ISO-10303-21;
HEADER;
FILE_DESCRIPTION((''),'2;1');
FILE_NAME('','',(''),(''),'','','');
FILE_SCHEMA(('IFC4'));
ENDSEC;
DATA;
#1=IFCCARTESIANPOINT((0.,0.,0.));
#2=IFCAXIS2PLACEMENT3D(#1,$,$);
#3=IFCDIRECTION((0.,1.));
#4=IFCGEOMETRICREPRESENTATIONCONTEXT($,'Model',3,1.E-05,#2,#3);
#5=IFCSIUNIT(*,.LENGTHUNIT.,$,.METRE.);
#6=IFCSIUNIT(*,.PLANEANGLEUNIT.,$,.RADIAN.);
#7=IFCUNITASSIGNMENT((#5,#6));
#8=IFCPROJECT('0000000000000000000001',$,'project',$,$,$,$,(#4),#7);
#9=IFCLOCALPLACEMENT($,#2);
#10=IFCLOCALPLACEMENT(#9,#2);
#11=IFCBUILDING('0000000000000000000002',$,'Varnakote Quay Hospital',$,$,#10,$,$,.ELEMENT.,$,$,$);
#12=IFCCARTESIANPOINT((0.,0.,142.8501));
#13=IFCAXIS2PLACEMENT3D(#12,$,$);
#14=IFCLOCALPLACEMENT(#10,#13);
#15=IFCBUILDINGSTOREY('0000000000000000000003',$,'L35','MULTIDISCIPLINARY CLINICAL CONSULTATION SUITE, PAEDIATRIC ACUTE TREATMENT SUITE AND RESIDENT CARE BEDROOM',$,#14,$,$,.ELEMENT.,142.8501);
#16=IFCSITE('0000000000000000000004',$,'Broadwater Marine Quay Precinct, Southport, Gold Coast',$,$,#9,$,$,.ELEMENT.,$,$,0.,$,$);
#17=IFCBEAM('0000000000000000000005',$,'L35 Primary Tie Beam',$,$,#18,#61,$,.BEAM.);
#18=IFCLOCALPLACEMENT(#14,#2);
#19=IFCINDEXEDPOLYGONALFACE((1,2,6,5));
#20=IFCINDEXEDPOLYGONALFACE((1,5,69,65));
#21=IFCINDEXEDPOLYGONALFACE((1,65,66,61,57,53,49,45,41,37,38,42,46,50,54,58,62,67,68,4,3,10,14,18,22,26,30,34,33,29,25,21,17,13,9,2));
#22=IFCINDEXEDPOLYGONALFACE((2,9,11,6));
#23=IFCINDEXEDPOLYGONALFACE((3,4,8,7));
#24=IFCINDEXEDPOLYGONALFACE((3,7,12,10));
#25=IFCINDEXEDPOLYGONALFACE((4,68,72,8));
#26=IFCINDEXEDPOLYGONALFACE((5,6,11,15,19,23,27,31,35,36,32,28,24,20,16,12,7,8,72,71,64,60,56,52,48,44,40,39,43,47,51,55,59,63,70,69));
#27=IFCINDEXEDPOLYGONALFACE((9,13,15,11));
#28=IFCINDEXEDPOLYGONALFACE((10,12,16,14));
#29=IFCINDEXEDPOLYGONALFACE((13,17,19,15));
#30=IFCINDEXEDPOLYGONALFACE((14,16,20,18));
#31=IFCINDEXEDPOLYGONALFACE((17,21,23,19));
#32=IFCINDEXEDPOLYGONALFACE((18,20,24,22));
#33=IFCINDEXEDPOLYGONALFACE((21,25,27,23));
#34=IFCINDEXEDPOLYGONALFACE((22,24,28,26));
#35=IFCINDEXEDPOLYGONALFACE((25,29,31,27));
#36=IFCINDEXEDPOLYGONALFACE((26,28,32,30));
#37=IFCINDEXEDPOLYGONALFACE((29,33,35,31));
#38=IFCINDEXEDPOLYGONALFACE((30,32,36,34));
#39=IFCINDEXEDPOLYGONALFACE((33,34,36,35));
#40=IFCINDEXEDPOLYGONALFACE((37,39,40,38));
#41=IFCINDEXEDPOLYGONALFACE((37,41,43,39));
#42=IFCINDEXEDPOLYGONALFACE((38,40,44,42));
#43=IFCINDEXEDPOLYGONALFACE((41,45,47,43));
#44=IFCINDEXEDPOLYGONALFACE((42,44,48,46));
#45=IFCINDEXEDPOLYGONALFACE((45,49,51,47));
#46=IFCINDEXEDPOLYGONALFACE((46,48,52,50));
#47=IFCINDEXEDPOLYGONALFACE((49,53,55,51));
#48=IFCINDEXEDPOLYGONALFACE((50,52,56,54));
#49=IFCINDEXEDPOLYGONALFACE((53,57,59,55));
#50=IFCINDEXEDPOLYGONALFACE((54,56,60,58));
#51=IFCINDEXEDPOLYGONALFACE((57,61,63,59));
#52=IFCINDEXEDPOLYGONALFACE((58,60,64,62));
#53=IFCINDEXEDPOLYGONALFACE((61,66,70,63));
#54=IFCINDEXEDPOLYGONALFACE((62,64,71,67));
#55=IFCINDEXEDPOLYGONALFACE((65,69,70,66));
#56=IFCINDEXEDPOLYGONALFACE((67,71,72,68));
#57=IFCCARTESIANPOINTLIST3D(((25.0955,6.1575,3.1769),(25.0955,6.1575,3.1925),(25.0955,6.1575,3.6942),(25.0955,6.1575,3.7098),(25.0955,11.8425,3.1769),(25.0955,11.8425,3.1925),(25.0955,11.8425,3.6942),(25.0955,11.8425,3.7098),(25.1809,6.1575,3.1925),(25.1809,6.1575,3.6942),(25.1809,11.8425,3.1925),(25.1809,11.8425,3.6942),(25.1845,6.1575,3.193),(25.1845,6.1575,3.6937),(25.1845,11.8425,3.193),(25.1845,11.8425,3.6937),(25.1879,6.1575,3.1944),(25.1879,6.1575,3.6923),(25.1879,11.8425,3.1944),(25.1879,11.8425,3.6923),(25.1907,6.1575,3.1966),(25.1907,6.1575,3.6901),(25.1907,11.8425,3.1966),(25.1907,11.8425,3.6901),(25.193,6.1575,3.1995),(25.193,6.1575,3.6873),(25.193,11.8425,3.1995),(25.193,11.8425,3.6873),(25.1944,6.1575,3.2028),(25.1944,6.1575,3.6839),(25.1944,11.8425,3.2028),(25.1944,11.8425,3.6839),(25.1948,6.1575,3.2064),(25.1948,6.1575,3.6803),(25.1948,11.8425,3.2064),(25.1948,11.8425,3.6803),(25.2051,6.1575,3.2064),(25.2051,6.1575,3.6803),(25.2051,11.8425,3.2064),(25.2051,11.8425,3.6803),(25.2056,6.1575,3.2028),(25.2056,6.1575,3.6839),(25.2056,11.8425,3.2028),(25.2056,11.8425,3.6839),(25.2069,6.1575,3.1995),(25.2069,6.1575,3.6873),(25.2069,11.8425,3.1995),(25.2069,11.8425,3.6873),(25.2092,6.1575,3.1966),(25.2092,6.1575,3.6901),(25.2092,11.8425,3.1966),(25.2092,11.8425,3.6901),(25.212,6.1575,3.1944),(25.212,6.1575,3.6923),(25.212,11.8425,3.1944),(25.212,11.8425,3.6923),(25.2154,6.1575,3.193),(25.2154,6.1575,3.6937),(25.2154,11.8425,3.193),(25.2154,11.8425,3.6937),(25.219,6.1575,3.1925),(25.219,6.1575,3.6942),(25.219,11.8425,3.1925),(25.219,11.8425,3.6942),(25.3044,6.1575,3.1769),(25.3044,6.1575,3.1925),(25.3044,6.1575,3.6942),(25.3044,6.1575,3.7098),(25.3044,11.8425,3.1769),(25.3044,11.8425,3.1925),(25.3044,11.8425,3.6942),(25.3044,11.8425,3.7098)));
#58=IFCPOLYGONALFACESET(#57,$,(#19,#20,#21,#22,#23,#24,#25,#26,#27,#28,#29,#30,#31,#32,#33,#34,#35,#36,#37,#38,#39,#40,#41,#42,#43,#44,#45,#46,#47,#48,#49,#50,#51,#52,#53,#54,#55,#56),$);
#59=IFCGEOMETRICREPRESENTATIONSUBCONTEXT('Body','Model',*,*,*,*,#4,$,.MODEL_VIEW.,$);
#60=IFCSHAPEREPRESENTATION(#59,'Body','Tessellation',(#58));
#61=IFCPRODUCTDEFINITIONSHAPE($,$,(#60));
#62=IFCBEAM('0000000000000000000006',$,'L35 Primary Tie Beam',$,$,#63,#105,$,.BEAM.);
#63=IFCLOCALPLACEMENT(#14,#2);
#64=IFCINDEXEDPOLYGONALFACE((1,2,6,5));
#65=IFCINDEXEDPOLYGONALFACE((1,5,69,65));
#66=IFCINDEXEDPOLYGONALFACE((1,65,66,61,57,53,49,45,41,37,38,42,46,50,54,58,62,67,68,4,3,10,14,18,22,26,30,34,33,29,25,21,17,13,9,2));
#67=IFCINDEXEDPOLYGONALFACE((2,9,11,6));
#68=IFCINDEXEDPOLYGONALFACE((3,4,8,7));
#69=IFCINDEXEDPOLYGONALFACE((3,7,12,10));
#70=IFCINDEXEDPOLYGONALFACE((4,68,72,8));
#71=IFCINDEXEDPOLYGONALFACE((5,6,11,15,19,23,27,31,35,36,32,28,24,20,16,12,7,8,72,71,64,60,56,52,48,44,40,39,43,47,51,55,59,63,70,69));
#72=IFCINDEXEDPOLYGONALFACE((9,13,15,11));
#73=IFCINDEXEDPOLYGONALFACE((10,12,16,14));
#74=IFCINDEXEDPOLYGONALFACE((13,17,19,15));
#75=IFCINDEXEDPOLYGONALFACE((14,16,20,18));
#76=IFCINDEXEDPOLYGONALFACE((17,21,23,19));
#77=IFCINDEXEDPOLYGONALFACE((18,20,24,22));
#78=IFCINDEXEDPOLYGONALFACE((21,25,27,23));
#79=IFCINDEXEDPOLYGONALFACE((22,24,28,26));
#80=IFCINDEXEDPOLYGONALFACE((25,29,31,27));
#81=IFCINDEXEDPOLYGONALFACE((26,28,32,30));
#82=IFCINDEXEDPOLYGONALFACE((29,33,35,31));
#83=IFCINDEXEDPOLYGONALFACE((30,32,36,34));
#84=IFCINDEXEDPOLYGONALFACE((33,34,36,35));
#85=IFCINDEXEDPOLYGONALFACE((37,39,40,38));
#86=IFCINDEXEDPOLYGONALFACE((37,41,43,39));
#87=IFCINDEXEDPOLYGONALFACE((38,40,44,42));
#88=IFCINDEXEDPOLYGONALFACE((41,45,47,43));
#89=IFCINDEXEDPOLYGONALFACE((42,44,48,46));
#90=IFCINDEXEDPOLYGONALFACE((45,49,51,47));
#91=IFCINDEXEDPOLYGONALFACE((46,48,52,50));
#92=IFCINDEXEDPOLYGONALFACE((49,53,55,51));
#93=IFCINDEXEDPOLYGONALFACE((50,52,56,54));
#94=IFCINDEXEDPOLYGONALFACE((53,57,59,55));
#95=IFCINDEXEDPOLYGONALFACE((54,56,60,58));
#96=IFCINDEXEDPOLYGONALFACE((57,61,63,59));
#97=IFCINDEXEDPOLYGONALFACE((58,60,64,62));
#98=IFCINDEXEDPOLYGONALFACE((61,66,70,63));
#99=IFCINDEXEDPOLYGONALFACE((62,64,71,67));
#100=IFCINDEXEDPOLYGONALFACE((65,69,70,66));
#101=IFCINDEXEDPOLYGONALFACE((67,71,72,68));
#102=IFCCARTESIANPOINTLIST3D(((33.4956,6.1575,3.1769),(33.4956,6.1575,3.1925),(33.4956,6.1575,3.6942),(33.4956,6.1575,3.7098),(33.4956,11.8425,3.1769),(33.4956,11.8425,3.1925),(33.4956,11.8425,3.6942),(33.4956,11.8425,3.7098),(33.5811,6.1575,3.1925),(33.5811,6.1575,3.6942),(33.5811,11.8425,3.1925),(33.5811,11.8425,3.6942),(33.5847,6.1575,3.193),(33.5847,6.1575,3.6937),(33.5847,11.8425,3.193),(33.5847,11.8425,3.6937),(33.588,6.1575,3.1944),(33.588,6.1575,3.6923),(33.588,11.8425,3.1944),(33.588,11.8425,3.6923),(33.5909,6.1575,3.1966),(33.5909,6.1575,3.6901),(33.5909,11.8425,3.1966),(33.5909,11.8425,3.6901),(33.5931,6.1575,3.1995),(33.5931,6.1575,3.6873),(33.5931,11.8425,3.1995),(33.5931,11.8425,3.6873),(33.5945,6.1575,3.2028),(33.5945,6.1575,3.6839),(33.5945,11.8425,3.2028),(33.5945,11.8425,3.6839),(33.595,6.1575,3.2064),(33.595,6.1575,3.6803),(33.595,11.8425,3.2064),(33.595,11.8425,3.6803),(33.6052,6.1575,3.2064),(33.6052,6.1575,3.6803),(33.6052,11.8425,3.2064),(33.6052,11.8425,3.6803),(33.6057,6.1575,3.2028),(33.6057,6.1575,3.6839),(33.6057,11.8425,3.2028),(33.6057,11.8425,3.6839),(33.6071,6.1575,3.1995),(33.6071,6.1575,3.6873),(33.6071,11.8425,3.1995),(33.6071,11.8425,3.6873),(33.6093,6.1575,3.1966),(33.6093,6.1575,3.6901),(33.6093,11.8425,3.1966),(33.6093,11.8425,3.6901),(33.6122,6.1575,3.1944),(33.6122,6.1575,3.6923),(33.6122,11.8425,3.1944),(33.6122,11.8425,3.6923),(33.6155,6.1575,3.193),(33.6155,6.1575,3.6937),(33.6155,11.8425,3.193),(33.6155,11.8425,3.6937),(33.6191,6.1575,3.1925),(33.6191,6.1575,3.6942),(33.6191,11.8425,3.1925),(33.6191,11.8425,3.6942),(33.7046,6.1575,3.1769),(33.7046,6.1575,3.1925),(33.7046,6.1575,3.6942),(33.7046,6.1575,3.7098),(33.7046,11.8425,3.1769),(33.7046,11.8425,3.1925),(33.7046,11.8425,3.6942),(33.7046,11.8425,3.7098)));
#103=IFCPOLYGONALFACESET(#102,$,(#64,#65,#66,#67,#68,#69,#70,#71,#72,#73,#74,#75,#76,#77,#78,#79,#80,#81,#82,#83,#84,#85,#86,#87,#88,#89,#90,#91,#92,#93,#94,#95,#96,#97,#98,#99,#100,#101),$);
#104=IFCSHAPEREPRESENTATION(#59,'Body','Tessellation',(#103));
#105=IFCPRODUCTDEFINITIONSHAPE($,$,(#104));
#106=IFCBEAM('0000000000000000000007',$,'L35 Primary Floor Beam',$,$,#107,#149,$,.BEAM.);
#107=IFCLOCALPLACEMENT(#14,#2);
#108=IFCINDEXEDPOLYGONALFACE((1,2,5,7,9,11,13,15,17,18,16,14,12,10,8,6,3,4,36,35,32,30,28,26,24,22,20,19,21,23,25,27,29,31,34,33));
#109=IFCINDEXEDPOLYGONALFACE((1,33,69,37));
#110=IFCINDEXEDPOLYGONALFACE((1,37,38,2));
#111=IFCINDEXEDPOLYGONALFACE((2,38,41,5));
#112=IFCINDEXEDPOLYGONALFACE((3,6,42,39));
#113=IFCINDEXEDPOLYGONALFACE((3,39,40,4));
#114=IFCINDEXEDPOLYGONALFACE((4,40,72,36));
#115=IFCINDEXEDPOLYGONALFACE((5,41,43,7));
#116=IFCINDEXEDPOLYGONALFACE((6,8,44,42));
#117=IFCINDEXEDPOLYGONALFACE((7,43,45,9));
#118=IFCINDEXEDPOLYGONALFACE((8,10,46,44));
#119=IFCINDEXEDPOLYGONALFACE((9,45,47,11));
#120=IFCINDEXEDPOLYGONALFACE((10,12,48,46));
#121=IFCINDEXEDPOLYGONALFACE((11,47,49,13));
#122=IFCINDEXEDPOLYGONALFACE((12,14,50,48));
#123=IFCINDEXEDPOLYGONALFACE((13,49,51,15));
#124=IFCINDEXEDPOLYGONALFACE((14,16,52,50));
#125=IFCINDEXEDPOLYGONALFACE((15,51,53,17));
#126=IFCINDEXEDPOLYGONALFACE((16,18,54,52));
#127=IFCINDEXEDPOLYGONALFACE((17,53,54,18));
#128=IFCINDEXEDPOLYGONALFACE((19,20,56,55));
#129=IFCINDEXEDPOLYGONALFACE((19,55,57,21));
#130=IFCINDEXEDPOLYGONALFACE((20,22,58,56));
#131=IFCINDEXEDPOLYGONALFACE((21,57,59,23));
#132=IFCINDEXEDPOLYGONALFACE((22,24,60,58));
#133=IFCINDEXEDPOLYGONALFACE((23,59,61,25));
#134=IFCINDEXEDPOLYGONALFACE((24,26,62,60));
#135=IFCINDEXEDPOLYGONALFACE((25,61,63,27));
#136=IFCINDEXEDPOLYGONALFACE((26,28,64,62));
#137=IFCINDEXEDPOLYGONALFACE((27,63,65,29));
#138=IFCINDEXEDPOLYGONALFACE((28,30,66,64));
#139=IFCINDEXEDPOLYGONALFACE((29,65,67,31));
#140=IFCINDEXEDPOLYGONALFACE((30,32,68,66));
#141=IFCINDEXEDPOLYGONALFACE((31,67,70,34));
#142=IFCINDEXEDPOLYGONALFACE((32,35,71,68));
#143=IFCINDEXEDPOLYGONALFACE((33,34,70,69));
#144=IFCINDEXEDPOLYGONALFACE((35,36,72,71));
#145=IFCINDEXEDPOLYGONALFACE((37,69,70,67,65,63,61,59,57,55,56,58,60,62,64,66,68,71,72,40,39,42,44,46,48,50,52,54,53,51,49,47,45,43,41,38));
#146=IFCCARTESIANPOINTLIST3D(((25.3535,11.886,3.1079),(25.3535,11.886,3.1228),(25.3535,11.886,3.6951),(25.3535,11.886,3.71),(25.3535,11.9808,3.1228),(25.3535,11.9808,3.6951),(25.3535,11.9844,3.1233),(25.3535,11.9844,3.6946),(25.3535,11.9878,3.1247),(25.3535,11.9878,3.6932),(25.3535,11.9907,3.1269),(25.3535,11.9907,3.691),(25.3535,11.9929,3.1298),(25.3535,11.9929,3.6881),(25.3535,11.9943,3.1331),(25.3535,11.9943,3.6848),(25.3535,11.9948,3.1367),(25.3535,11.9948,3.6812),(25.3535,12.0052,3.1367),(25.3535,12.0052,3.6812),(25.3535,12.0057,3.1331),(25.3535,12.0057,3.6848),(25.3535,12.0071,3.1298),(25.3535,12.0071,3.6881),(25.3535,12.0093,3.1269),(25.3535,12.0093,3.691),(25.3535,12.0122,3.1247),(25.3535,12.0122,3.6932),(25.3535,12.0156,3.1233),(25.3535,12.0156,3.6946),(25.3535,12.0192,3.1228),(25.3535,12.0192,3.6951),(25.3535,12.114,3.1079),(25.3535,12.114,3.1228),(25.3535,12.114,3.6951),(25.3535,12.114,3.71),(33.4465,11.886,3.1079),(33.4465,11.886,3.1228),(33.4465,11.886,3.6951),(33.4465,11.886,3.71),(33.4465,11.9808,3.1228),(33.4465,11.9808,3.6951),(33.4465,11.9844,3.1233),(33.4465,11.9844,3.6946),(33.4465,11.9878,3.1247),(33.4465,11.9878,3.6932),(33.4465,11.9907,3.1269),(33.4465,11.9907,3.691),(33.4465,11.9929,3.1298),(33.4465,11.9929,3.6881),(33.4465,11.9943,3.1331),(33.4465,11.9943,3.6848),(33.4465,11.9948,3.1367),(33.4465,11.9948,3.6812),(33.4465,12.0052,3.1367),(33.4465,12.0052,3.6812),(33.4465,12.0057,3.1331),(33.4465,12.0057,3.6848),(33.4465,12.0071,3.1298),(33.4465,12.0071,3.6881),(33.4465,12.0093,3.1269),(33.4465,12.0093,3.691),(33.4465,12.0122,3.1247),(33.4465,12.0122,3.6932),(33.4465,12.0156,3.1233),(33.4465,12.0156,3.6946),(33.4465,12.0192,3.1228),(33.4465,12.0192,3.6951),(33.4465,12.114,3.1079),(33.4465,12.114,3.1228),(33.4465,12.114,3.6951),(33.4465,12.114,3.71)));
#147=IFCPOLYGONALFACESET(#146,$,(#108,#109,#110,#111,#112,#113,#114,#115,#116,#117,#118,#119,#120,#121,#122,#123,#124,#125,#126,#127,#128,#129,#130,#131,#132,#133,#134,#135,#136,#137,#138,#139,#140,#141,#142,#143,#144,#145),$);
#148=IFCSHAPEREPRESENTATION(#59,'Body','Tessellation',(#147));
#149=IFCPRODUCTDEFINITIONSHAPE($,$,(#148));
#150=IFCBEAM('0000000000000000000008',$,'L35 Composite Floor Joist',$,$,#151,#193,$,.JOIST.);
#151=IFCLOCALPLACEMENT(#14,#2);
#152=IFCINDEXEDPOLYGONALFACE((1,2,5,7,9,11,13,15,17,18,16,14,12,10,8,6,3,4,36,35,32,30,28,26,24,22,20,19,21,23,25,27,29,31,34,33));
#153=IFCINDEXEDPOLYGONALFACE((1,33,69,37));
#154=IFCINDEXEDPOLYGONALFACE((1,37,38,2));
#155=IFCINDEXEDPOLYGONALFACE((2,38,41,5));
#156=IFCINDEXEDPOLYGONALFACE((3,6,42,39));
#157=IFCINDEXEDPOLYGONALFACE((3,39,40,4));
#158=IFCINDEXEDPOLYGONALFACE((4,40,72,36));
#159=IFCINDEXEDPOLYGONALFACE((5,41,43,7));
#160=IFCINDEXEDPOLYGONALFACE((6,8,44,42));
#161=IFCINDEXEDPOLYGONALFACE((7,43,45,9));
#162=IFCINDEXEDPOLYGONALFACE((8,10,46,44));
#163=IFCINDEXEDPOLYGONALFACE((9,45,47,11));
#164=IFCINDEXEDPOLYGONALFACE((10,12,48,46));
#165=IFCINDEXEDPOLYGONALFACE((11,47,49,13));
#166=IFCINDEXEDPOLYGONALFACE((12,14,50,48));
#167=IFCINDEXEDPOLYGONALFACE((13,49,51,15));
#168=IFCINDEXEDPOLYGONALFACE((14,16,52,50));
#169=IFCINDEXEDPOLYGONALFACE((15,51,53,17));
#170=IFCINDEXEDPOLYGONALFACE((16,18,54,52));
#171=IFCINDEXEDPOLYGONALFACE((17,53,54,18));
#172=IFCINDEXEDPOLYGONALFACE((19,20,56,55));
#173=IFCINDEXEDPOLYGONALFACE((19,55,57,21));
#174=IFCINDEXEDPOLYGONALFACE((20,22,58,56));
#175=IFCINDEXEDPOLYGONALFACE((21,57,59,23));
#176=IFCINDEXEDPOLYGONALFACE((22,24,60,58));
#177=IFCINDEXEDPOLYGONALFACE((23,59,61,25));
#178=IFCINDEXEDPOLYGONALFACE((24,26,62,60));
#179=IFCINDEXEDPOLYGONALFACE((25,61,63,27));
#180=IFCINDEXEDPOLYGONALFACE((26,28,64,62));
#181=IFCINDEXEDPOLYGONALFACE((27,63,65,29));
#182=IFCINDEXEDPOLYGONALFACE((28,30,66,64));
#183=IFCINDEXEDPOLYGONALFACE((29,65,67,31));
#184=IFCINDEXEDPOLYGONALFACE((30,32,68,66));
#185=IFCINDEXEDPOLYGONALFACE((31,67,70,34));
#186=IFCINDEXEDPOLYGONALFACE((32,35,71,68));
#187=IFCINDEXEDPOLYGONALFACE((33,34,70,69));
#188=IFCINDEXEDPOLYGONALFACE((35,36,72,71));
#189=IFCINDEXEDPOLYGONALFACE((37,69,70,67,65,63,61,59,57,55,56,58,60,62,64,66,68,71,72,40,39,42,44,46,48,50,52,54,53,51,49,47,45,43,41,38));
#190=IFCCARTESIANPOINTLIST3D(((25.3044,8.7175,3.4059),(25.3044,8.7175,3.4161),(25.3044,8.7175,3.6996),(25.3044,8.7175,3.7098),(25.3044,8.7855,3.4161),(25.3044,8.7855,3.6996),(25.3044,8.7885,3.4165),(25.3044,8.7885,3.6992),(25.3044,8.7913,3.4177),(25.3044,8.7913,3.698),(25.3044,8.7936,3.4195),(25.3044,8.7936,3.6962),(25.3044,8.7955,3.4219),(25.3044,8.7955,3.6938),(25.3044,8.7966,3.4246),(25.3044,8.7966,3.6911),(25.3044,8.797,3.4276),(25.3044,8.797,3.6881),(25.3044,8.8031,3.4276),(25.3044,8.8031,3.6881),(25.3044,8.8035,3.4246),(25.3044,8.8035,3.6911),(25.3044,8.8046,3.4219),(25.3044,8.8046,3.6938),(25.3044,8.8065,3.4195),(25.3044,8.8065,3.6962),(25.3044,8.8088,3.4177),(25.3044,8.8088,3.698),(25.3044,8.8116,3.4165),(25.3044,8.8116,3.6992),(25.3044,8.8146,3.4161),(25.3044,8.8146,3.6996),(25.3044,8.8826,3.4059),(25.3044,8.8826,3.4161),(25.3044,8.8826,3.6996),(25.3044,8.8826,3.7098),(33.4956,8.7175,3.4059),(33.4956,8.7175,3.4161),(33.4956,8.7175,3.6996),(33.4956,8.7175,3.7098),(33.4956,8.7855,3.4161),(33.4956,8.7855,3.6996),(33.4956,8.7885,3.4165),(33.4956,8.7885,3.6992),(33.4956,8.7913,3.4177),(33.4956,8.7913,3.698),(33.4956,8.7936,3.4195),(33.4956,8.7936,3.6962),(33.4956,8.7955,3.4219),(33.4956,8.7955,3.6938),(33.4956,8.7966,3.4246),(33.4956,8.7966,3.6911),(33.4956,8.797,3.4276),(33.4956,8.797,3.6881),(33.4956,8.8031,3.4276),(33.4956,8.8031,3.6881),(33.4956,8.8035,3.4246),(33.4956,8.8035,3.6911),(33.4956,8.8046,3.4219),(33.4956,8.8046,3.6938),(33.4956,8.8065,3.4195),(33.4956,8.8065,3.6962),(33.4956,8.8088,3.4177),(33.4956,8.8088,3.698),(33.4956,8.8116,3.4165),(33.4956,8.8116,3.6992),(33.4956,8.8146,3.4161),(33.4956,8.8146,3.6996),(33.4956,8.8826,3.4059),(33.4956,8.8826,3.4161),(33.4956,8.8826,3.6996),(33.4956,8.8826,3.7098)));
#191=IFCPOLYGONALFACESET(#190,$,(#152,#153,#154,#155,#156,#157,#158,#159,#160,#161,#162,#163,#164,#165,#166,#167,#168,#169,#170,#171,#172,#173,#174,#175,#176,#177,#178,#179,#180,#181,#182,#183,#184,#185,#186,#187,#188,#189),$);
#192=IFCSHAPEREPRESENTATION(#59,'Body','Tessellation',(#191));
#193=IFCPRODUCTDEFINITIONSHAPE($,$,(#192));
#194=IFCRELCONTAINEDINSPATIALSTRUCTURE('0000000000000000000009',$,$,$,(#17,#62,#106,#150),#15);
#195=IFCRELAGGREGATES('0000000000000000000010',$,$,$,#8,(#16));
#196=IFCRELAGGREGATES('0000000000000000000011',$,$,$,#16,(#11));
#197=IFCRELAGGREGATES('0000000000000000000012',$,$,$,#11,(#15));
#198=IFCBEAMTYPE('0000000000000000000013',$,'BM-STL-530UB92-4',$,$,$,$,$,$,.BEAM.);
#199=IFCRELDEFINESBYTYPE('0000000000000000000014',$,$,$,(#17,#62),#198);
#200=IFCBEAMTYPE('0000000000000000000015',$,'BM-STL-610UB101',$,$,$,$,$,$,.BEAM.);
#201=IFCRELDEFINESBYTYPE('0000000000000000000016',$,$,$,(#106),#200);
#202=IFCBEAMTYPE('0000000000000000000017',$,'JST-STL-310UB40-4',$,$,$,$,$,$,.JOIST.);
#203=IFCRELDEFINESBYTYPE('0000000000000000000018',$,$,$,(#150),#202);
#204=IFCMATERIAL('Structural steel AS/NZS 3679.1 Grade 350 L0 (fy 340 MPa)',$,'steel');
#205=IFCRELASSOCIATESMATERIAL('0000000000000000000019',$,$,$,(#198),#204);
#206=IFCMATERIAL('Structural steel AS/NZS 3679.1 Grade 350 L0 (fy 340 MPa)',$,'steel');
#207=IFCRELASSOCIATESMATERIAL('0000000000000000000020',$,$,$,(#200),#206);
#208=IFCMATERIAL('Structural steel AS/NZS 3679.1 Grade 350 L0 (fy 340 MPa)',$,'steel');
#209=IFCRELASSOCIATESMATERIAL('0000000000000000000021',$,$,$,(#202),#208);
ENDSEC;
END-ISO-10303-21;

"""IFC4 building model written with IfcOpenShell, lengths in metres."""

from ifc_helpers import new_model, si_unit, direction, frame, origin, origin_2d, place, context, subcontext, project, spatial, i_section, extrude, material, material_profile, profile_set, type_object, element, save


model = new_model("IFC4")

# Units and contexts
model_context = context("Model", 3, precision=1e-05, world=origin(), true_north=direction((0.0, 1.0)))
body_context = subcontext(model_context, "Body", "Model", "MODEL_VIEW")
ifc_project = project(units=[si_unit("LENGTHUNIT", "METRE"), si_unit("PLANEANGLEUNIT", "RADIAN")], contexts=[model_context])

# Site, building, storey
site_placement = place(None, origin())
site = spatial("IfcSite", under=ifc_project, at=site_placement, Name="Broadwater Marine Quay Precinct, Southport, Gold Coast", CompositionType="ELEMENT", RefElevation=0.0)
building_placement = place(site_placement, origin())
building = spatial("IfcBuilding", under=site, at=building_placement, Name="Varnakote Quay Hospital", CompositionType="ELEMENT")
storey_placement = place(building_placement, frame((0.0, 0.0, 142.8501)))
storey = spatial("IfcBuildingStorey", under=building, at=storey_placement, Name="L35", Description="MULTIDISCIPLINARY CLINICAL CONSULTATION SUITE, PAEDIATRIC ACUTE TREATMENT SUITE AND RESIDENT CARE BEDROOM", CompositionType="ELEMENT", Elevation=142.8501)

# Beams
ifc_material_1 = material(Name="Structural steel AS/NZS 3679.1 Grade 350 L0 (fy 340 MPa)", Category="steel")
ifc_material_profile_1 = material_profile(ifc_material_1, i_section(OverallWidth=0.209, OverallDepth=0.533, WebThickness=0.0103, FlangeThickness=0.0156, FilletRadius=0.0139, at=origin_2d()), Name="530UB92.4")
ifc_profile_set_1 = profile_set([ifc_material_profile_1], Name="Structural steel AS/NZS 3679.1 Grade 350 L0 (fy 340 MPa)")
beam_type_1 = type_object("IfcBeamType", Name="BM-STL-530UB92-4", PredefinedType="BEAM", material=ifc_profile_set_1)
for number, where, z_axis, x_axis, name in (
    (1, (25.2, 6.1575, 3.4434), (0.0, 1.0, 0.0), (-1.0, 0.0, 0.0), "L35 Primary Tie Beam"),
    (2, (33.6001, 6.1575, 3.4434), (0.0, 1.0, 0.0), (-1.0, 0.0, 0.0), "L35 Primary Tie Beam"),
):
    element("IfcBeam", number, at=place(storey_placement, frame(where, z_axis=z_axis, x_axis=x_axis)), inside=storey, type_object=beam_type_1, Name=name, PredefinedType="BEAM", context=body_context, shape_type="SweptSolid", body=[
        extrude(i_section(OverallWidth=0.209, OverallDepth=0.533, WebThickness=0.0103, FlangeThickness=0.0156, FilletRadius=0.0139, at=origin_2d()), origin(), (0.0, 0.0, 1.0), 5.6851),
    ])
ifc_material_2 = material(Name="Structural steel AS/NZS 3679.1 Grade 350 L0 (fy 340 MPa)", Category="steel")
ifc_material_profile_2 = material_profile(ifc_material_2, i_section(OverallWidth=0.228, OverallDepth=0.6021, WebThickness=0.0105, FlangeThickness=0.0149, FilletRadius=0.0139, at=origin_2d()), Name="610UB101")
ifc_profile_set_2 = profile_set([ifc_material_profile_2], Name="Structural steel AS/NZS 3679.1 Grade 350 L0 (fy 340 MPa)")
beam_type_2 = type_object("IfcBeamType", Name="BM-STL-610UB101", PredefinedType="BEAM", material=ifc_profile_set_2)
beam_1_placement = place(storey_placement, frame((25.3535, 12.0, 3.4089), z_axis=(1.0, 0.0, 0.0), x_axis=(0.0, 1.0, 0.0)))
element("IfcBeam", 3, at=beam_1_placement, inside=storey, type_object=beam_type_2, Name="L35 Primary Floor Beam", PredefinedType="BEAM", context=body_context, shape_type="SweptSolid", body=[
    extrude(i_section(OverallWidth=0.228, OverallDepth=0.6021, WebThickness=0.0105, FlangeThickness=0.0149, FilletRadius=0.0139, at=origin_2d()), origin(), (0.0, 0.0, 1.0), 8.093),
])
ifc_material_3 = material(Name="Structural steel AS/NZS 3679.1 Grade 350 L0 (fy 340 MPa)", Category="steel")
ifc_material_profile_3 = material_profile(ifc_material_3, i_section(OverallWidth=0.165, OverallDepth=0.304, WebThickness=0.0061, FlangeThickness=0.0103, FilletRadius=0.0115, at=origin_2d()), Name="310UB40.4")
ifc_profile_set_3 = profile_set([ifc_material_profile_3], Name="Structural steel AS/NZS 3679.1 Grade 350 L0 (fy 340 MPa)")
beam_type_3 = type_object("IfcBeamType", Name="JST-STL-310UB40-4", PredefinedType="JOIST", material=ifc_profile_set_3)
beam_2_placement = place(storey_placement, frame((25.3044, 8.8, 3.5579), z_axis=(1.0, 0.0, 0.0), x_axis=(0.0, 1.0, 0.0)))
element("IfcBeam", 4, at=beam_2_placement, inside=storey, type_object=beam_type_3, Name="L35 Composite Floor Joist", PredefinedType="JOIST", context=body_context, shape_type="SweptSolid", body=[
    extrude(i_section(OverallWidth=0.165, OverallDepth=0.304, WebThickness=0.0061, FlangeThickness=0.0103, FilletRadius=0.0115, at=origin_2d()), origin(), (0.0, 0.0, 1.0), 8.1912),
])

save(model, "model.ifc")
